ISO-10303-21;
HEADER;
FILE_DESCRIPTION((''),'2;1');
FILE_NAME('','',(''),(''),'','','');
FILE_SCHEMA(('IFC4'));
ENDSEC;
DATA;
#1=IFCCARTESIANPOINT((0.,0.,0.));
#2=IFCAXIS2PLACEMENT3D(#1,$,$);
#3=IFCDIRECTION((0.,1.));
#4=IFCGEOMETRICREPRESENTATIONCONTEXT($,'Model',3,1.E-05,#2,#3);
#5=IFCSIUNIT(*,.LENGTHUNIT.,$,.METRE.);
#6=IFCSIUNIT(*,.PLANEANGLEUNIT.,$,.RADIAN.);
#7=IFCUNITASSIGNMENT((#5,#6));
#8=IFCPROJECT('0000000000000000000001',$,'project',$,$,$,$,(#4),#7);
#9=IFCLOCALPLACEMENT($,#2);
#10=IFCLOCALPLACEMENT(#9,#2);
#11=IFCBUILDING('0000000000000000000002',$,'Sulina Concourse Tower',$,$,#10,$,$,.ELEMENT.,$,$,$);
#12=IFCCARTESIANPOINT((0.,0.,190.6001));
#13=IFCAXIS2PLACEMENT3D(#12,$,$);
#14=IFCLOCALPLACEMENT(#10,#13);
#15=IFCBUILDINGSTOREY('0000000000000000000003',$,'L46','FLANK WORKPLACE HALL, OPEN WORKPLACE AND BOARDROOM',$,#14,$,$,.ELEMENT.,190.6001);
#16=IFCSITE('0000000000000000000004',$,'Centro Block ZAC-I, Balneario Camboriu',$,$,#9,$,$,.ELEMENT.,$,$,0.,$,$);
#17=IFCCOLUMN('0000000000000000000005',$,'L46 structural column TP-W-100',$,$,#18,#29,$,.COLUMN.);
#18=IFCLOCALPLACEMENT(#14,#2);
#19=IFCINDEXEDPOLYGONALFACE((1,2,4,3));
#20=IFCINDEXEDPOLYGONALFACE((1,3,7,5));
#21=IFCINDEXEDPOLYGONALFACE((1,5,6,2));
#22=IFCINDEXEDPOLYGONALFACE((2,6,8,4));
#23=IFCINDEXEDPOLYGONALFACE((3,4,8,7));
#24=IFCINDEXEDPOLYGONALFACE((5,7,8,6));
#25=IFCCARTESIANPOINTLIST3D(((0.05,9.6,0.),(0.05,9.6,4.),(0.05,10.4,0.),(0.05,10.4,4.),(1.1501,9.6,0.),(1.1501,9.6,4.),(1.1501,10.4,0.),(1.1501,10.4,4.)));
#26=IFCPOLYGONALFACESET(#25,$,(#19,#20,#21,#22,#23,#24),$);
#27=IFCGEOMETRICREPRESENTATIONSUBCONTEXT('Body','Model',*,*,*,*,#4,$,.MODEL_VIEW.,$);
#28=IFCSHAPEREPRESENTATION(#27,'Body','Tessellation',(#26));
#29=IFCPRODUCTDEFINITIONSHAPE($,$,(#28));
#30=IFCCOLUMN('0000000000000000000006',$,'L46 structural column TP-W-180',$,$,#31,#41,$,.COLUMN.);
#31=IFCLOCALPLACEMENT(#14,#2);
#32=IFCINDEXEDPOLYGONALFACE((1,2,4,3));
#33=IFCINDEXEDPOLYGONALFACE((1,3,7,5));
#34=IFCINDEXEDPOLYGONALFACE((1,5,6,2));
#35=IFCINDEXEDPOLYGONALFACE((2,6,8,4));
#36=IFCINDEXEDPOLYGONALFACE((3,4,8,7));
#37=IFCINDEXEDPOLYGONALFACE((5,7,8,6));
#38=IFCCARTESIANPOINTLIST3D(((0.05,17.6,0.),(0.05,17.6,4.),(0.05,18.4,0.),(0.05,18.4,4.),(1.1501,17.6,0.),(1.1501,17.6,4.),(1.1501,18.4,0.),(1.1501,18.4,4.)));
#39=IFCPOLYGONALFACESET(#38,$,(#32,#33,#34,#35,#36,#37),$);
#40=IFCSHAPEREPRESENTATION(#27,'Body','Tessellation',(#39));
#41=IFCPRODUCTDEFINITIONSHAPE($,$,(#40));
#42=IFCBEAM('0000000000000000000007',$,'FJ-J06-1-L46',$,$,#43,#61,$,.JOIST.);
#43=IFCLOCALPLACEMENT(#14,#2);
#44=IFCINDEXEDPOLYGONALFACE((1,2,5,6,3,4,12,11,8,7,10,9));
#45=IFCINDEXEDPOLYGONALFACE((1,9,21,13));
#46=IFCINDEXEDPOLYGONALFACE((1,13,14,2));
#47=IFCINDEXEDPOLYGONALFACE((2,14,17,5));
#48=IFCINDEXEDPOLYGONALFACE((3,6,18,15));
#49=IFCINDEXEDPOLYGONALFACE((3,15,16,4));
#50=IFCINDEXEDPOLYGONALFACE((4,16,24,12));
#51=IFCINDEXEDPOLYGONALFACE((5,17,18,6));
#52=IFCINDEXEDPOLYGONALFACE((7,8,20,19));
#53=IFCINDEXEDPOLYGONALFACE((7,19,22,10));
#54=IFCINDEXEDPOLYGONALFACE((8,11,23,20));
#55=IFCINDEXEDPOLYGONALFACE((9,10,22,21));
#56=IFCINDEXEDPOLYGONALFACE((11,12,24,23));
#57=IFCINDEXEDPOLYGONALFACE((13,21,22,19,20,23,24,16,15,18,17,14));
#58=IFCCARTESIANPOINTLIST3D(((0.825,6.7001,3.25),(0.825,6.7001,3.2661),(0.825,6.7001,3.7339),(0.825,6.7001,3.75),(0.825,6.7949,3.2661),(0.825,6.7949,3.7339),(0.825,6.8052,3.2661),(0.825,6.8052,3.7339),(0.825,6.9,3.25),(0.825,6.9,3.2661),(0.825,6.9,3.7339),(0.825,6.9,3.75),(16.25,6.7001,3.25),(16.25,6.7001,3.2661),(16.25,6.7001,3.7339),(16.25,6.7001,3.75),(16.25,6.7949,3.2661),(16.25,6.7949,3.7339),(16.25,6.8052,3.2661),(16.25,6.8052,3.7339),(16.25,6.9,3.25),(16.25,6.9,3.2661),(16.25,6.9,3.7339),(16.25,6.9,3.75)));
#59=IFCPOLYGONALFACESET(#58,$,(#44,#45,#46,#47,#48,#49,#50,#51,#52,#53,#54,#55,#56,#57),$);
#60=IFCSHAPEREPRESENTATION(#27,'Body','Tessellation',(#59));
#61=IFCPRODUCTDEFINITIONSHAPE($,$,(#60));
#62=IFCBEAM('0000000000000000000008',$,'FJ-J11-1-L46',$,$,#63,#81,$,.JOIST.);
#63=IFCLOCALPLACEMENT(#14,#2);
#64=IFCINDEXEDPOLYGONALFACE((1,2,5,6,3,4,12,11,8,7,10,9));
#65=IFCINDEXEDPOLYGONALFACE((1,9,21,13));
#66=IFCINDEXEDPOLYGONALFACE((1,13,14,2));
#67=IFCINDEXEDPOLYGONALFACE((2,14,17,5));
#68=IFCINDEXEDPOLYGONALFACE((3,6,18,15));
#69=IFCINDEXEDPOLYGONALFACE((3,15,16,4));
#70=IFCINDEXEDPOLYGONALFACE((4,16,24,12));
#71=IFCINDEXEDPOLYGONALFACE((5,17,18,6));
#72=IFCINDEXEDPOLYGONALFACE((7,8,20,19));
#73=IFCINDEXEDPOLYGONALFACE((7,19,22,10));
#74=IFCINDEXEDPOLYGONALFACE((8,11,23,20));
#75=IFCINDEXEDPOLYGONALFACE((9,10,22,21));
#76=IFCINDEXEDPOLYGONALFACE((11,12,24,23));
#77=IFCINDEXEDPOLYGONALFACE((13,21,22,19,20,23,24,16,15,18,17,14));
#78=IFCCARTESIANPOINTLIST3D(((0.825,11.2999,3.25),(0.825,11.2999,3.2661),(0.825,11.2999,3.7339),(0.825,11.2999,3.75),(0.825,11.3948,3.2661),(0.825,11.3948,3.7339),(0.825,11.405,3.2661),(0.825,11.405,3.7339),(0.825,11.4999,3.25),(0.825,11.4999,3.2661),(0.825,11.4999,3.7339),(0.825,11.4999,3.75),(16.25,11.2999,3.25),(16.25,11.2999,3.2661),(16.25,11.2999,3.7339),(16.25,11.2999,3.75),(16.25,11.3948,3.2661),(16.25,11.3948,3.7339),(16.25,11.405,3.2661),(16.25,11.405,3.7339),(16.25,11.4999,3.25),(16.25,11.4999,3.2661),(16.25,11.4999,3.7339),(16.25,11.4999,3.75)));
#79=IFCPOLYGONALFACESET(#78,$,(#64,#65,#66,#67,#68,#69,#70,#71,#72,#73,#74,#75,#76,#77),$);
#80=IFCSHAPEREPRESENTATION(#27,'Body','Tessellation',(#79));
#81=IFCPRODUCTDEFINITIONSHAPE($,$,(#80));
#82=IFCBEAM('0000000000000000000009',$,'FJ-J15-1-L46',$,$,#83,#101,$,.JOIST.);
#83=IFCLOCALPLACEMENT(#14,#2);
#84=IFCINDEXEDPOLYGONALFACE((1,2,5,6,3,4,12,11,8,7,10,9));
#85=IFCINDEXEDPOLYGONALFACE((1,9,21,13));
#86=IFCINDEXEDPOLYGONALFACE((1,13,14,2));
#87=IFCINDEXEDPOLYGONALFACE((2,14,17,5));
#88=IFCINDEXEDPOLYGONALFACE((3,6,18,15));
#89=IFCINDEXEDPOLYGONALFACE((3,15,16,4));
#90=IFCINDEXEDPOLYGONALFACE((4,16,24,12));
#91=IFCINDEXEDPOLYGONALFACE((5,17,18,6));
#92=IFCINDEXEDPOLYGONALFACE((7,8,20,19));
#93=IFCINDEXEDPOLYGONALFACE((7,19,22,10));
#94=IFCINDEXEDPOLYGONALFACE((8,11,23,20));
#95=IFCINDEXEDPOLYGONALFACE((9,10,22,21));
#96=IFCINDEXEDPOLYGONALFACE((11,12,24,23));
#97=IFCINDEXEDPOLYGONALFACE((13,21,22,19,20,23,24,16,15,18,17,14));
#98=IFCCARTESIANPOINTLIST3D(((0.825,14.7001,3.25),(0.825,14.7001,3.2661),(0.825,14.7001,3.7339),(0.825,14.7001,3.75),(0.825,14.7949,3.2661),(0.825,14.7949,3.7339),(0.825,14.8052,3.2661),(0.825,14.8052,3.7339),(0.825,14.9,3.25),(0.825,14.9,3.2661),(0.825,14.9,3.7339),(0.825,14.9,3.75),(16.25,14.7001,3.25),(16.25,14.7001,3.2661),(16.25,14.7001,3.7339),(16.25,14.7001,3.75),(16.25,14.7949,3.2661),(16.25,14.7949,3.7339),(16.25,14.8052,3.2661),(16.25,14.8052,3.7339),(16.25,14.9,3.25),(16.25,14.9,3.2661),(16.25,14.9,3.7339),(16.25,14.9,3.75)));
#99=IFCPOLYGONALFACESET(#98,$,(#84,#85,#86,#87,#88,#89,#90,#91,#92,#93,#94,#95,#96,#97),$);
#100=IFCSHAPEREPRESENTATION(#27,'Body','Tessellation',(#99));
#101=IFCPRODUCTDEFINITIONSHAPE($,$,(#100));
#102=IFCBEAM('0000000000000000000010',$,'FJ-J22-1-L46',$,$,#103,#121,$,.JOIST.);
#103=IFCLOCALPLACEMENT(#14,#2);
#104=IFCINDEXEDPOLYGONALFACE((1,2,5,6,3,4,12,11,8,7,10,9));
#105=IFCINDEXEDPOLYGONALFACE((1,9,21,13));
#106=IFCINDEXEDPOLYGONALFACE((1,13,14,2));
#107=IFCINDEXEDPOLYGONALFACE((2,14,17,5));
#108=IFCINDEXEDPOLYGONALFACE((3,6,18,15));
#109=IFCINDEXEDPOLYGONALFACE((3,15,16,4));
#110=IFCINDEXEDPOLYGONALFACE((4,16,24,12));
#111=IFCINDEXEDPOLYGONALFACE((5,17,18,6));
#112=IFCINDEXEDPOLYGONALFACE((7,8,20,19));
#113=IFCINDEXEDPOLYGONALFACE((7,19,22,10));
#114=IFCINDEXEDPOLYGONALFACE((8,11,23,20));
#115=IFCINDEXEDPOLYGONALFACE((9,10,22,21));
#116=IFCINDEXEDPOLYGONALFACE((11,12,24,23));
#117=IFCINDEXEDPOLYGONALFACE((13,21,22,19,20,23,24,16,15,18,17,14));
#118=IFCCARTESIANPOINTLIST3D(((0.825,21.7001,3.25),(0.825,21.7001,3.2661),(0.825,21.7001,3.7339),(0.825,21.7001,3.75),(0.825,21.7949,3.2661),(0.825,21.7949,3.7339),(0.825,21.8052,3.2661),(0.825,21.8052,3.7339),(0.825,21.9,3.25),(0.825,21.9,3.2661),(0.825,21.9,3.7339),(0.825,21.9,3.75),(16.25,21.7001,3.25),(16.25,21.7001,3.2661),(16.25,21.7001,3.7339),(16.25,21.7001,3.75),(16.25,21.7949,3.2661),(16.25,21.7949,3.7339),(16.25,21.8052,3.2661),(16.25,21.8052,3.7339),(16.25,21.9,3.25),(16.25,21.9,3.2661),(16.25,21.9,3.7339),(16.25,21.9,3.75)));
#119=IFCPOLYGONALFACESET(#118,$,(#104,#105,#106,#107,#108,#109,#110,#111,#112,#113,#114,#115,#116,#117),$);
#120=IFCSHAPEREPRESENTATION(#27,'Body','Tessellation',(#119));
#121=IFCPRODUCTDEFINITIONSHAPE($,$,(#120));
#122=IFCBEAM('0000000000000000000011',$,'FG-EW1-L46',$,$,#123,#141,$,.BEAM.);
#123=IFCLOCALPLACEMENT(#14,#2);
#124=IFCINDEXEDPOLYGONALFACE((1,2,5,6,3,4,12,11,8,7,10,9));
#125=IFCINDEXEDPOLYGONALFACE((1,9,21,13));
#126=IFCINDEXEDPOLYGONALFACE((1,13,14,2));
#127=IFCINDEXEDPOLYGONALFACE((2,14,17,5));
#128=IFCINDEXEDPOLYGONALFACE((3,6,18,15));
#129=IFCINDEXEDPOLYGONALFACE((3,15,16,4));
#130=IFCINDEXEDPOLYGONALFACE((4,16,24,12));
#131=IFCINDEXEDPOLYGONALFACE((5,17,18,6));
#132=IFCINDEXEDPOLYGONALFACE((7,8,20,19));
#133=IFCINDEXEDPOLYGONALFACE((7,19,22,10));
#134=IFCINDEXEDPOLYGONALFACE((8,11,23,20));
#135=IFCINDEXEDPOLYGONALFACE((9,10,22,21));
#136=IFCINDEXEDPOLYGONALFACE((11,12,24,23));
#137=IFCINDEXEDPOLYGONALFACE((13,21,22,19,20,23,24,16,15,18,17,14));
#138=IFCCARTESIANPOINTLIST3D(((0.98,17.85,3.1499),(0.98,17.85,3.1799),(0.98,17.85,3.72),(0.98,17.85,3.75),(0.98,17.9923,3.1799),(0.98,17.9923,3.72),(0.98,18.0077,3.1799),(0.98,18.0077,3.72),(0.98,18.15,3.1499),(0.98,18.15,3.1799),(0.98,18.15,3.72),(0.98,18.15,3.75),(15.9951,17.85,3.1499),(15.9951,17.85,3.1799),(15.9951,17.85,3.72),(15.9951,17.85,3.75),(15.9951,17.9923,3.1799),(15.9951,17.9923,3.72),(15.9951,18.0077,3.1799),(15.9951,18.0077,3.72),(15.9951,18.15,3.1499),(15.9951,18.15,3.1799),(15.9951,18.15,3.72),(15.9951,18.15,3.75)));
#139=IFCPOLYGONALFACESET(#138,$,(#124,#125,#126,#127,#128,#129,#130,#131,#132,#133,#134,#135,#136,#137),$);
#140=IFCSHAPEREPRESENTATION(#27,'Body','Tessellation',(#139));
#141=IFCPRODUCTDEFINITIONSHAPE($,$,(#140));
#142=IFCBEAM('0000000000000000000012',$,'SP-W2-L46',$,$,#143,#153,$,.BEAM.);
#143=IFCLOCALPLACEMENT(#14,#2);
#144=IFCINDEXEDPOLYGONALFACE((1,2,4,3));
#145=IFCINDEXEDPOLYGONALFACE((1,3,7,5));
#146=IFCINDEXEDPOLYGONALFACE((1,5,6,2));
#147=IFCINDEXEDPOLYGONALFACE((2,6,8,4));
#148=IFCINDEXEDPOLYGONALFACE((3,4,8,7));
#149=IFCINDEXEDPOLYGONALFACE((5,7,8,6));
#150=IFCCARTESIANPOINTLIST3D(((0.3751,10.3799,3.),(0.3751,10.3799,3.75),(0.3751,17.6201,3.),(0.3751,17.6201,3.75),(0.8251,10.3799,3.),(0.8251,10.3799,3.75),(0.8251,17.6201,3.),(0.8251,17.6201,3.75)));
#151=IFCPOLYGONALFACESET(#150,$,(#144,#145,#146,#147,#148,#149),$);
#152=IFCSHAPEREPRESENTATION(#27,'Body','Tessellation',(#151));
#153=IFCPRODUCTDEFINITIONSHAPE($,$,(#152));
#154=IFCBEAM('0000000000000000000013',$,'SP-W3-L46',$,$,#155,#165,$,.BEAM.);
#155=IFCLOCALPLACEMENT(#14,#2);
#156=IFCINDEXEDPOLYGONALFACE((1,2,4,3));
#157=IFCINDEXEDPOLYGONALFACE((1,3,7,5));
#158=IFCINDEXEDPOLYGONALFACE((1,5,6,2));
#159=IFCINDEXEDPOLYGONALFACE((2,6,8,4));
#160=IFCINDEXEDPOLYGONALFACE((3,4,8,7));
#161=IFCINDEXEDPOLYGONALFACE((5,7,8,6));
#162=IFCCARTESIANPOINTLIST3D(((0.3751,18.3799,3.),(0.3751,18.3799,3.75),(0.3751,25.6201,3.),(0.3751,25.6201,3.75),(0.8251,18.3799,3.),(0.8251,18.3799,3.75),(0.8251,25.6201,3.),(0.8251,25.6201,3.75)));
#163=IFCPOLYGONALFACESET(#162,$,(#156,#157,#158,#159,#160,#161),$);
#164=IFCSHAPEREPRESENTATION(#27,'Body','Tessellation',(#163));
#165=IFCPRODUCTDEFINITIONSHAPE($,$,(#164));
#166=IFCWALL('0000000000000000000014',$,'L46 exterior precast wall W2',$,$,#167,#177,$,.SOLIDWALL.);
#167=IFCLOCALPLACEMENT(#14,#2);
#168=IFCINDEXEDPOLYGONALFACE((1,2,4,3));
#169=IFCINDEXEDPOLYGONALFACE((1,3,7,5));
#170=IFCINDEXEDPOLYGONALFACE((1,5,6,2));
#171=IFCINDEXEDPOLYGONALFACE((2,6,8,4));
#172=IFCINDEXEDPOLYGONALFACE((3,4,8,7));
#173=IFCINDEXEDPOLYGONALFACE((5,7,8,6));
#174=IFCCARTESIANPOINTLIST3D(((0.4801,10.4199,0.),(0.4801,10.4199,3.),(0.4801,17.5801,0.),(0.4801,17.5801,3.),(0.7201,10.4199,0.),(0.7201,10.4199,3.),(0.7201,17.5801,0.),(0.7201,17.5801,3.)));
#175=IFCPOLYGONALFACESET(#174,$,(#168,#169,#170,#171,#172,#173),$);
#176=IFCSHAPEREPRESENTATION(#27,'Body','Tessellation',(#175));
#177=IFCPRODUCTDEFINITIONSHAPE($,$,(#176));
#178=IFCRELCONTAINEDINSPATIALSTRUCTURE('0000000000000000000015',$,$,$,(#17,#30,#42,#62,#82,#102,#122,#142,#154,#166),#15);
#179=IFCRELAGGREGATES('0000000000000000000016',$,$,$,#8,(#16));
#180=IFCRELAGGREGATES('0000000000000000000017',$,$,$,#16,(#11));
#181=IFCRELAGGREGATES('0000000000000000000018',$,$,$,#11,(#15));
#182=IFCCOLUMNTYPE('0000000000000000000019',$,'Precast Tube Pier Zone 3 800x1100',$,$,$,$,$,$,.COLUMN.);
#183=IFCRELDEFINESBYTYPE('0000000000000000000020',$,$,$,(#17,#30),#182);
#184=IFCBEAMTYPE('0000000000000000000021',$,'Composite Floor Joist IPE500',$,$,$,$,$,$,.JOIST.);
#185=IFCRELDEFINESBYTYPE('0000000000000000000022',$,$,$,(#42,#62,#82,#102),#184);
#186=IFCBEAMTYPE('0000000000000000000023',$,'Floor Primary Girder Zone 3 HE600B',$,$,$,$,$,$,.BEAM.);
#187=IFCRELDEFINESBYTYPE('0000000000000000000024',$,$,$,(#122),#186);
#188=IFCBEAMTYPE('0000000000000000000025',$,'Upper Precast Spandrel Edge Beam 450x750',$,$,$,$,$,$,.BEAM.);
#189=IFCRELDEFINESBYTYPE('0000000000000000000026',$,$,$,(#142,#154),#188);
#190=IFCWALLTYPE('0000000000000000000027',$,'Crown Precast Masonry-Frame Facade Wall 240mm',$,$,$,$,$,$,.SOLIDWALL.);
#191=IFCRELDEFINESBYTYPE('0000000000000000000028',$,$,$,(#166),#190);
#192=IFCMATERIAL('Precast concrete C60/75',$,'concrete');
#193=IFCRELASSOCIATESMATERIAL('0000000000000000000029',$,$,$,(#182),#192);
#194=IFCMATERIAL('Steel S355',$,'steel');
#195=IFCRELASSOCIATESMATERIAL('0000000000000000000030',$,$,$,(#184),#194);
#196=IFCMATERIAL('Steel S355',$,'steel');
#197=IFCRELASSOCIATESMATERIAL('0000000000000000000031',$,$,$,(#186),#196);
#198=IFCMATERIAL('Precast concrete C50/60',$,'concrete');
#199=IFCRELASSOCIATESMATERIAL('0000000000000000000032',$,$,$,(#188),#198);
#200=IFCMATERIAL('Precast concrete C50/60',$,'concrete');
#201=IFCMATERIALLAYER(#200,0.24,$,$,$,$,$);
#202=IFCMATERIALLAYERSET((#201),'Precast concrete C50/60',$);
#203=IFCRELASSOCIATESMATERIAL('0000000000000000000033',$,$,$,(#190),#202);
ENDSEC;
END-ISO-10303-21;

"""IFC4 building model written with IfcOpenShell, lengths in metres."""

from ifc_helpers import new_model, si_unit, direction, frame, frame_2d, origin, origin_2d, place, context, subcontext, project, spatial, rectangle, i_section, extrude, material, layer, layer_set, material_profile, profile_set, type_object, element, save


model = new_model("IFC4")

# Units and contexts
model_context = context("Model", 3, precision=1e-05, world=origin(), true_north=direction((0.0, 1.0)))
body_context = subcontext(model_context, "Body", "Model", "MODEL_VIEW")
ifc_project = project(units=[si_unit("LENGTHUNIT", "METRE"), si_unit("PLANEANGLEUNIT", "RADIAN")], contexts=[model_context])

# Site, building, storey
site_placement = place(None, origin())
site = spatial("IfcSite", under=ifc_project, at=site_placement, Name="Centro Block ZAC-I, Balneario Camboriu", CompositionType="ELEMENT", RefElevation=0.0)
building_placement = place(site_placement, origin())
building = spatial("IfcBuilding", under=site, at=building_placement, Name="Sulina Concourse Tower", CompositionType="ELEMENT")
storey_placement = place(building_placement, frame((0.0, 0.0, 190.6001)))
storey = spatial("IfcBuildingStorey", under=building, at=storey_placement, Name="L46", Description="FLANK WORKPLACE HALL, OPEN WORKPLACE AND BOARDROOM", CompositionType="ELEMENT", Elevation=190.6001)

# Columns
ifc_material_1 = material(Name="Precast concrete C60/75", Category="concrete")
ifc_material_profile_1 = material_profile(ifc_material_1, rectangle(XDim=0.8, YDim=1.1001, at=origin_2d()), Name="PC 800x1100")
ifc_profile_set_1 = profile_set([ifc_material_profile_1], Name="Precast concrete C60/75")
column_type = type_object("IfcColumnType", Name="Precast Tube Pier Zone 3 800x1100", PredefinedType="COLUMN", material=ifc_profile_set_1)
for number, where, z_axis, x_axis, name in (
    (1, (0.6001, 10.0, 0.0), (0.0, 0.0, 1.0), (0.0, 1.0, 0.0), "L46 structural column TP-W-100"),
    (2, (0.6001, 18.0, 0.0), (0.0, 0.0, 1.0), (0.0, 1.0, 0.0), "L46 structural column TP-W-180"),
):
    element("IfcColumn", number, at=place(storey_placement, frame(where, z_axis=z_axis, x_axis=x_axis)), inside=storey, type_object=column_type, Name=name, PredefinedType="COLUMN", context=body_context, shape_type="SweptSolid", body=[
        extrude(rectangle(XDim=0.8, YDim=1.1001, at=origin_2d()), origin(), (0.0, 0.0, 1.0), 4.0),
    ])

# Beams
ifc_material_2 = material(Name="Steel S355", Category="steel")
ifc_material_profile_2 = material_profile(ifc_material_2, i_section(OverallWidth=0.2, OverallDepth=0.5, WebThickness=0.0103, FlangeThickness=0.0161, at=origin_2d()), Name="IPE 500")
ifc_profile_set_2 = profile_set([ifc_material_profile_2], Name="Steel S355")
beam_type_1 = type_object("IfcBeamType", Name="Composite Floor Joist IPE500", PredefinedType="JOIST", material=ifc_profile_set_2)
for number, where, z_axis, x_axis, name in (
    (3, (0.825, 6.8, 3.5), (1.0, 0.0, 0.0), (0.0, 1.0, 0.0), "FJ-J06-1-L46"),
    (4, (0.825, 11.3999, 3.5), (1.0, 0.0, 0.0), (0.0, 1.0, 0.0), "FJ-J11-1-L46"),
    (5, (0.825, 14.8, 3.5), (1.0, 0.0, 0.0), (0.0, 1.0, 0.0), "FJ-J15-1-L46"),
    (6, (0.825, 21.8, 3.5), (1.0, 0.0, 0.0), (0.0, 1.0, 0.0), "FJ-J22-1-L46"),
):
    element("IfcBeam", number, at=place(storey_placement, frame(where, z_axis=z_axis, x_axis=x_axis)), inside=storey, type_object=beam_type_1, Name=name, PredefinedType="JOIST", context=body_context, shape_type="SweptSolid", body=[
        extrude(i_section(OverallWidth=0.2, OverallDepth=0.5, WebThickness=0.0103, FlangeThickness=0.0161, at=origin_2d()), origin(), (0.0, 0.0, 1.0), 15.425),
    ])
ifc_material_3 = material(Name="Steel S355", Category="steel")
ifc_material_profile_3 = material_profile(ifc_material_3, i_section(OverallWidth=0.3, OverallDepth=0.6001, WebThickness=0.0154, FlangeThickness=0.03, at=origin_2d()), Name="HE 600 B")
ifc_profile_set_3 = profile_set([ifc_material_profile_3], Name="Steel S355")
beam_type_2 = type_object("IfcBeamType", Name="Floor Primary Girder Zone 3 HE600B", PredefinedType="BEAM", material=ifc_profile_set_3)
beam_placement = place(storey_placement, frame((0.98, 18.0, 3.45), z_axis=(1.0, 0.0, 0.0), x_axis=(0.0, 1.0, 0.0)))
element("IfcBeam", 7, at=beam_placement, inside=storey, type_object=beam_type_2, Name="FG-EW1-L46", PredefinedType="BEAM", context=body_context, shape_type="SweptSolid", body=[
    extrude(i_section(OverallWidth=0.3, OverallDepth=0.6001, WebThickness=0.0154, FlangeThickness=0.03, at=origin_2d()), origin(), (0.0, 0.0, 1.0), 15.0151),
])
ifc_material_4 = material(Name="Precast concrete C50/60", Category="concrete")
ifc_material_profile_4 = material_profile(ifc_material_4, rectangle(XDim=0.45, YDim=0.75, at=origin_2d()), Name="RC 450x750")
ifc_profile_set_4 = profile_set([ifc_material_profile_4], Name="Precast concrete C50/60")
beam_type_3 = type_object("IfcBeamType", Name="Upper Precast Spandrel Edge Beam 450x750", PredefinedType="BEAM", material=ifc_profile_set_4)
for number, where, z_axis, x_axis, name in (
    (8, (0.6001, 10.3799, 3.375), (0.0, 1.0, 0.0), (-1.0, 0.0, 0.0), "SP-W2-L46"),
    (9, (0.6001, 18.3799, 3.375), (0.0, 1.0, 0.0), (-1.0, 0.0, 0.0), "SP-W3-L46"),
):
    element("IfcBeam", number, at=place(storey_placement, frame(where, z_axis=z_axis, x_axis=x_axis)), inside=storey, type_object=beam_type_3, Name=name, PredefinedType="BEAM", context=body_context, shape_type="SweptSolid", body=[
        extrude(rectangle(XDim=0.45, YDim=0.75, at=origin_2d()), origin(), (0.0, 0.0, 1.0), 7.2402),
    ])

# Wall
ifc_material_5 = material(Name="Precast concrete C50/60", Category="concrete")
ifc_layer_1 = layer(ifc_material_5, 0.24)
ifc_layer_set_1 = layer_set([ifc_layer_1], Name="Precast concrete C50/60")
wall_type_1 = type_object("IfcWallType", Name="Crown Precast Masonry-Frame Facade Wall 240mm", PredefinedType="SOLIDWALL", material=ifc_layer_set_1)
wall_1_placement = place(storey_placement, frame((0.6001, 10.4199, 0.0), z_axis=(0.0, 0.0, 1.0), x_axis=(0.0, 1.0, 0.0)))
element("IfcWall", 10, at=wall_1_placement, inside=storey, type_object=wall_type_1, Name="L46 exterior precast wall W2", PredefinedType="SOLIDWALL", context=body_context, shape_type="SweptSolid", body=[
    extrude(rectangle(XDim=7.1602, YDim=0.24, at=frame_2d((3.5801, 0.0))), origin(), (0.0, 0.0, 1.0), 3.0),
])

save(model, "model.ifc")
